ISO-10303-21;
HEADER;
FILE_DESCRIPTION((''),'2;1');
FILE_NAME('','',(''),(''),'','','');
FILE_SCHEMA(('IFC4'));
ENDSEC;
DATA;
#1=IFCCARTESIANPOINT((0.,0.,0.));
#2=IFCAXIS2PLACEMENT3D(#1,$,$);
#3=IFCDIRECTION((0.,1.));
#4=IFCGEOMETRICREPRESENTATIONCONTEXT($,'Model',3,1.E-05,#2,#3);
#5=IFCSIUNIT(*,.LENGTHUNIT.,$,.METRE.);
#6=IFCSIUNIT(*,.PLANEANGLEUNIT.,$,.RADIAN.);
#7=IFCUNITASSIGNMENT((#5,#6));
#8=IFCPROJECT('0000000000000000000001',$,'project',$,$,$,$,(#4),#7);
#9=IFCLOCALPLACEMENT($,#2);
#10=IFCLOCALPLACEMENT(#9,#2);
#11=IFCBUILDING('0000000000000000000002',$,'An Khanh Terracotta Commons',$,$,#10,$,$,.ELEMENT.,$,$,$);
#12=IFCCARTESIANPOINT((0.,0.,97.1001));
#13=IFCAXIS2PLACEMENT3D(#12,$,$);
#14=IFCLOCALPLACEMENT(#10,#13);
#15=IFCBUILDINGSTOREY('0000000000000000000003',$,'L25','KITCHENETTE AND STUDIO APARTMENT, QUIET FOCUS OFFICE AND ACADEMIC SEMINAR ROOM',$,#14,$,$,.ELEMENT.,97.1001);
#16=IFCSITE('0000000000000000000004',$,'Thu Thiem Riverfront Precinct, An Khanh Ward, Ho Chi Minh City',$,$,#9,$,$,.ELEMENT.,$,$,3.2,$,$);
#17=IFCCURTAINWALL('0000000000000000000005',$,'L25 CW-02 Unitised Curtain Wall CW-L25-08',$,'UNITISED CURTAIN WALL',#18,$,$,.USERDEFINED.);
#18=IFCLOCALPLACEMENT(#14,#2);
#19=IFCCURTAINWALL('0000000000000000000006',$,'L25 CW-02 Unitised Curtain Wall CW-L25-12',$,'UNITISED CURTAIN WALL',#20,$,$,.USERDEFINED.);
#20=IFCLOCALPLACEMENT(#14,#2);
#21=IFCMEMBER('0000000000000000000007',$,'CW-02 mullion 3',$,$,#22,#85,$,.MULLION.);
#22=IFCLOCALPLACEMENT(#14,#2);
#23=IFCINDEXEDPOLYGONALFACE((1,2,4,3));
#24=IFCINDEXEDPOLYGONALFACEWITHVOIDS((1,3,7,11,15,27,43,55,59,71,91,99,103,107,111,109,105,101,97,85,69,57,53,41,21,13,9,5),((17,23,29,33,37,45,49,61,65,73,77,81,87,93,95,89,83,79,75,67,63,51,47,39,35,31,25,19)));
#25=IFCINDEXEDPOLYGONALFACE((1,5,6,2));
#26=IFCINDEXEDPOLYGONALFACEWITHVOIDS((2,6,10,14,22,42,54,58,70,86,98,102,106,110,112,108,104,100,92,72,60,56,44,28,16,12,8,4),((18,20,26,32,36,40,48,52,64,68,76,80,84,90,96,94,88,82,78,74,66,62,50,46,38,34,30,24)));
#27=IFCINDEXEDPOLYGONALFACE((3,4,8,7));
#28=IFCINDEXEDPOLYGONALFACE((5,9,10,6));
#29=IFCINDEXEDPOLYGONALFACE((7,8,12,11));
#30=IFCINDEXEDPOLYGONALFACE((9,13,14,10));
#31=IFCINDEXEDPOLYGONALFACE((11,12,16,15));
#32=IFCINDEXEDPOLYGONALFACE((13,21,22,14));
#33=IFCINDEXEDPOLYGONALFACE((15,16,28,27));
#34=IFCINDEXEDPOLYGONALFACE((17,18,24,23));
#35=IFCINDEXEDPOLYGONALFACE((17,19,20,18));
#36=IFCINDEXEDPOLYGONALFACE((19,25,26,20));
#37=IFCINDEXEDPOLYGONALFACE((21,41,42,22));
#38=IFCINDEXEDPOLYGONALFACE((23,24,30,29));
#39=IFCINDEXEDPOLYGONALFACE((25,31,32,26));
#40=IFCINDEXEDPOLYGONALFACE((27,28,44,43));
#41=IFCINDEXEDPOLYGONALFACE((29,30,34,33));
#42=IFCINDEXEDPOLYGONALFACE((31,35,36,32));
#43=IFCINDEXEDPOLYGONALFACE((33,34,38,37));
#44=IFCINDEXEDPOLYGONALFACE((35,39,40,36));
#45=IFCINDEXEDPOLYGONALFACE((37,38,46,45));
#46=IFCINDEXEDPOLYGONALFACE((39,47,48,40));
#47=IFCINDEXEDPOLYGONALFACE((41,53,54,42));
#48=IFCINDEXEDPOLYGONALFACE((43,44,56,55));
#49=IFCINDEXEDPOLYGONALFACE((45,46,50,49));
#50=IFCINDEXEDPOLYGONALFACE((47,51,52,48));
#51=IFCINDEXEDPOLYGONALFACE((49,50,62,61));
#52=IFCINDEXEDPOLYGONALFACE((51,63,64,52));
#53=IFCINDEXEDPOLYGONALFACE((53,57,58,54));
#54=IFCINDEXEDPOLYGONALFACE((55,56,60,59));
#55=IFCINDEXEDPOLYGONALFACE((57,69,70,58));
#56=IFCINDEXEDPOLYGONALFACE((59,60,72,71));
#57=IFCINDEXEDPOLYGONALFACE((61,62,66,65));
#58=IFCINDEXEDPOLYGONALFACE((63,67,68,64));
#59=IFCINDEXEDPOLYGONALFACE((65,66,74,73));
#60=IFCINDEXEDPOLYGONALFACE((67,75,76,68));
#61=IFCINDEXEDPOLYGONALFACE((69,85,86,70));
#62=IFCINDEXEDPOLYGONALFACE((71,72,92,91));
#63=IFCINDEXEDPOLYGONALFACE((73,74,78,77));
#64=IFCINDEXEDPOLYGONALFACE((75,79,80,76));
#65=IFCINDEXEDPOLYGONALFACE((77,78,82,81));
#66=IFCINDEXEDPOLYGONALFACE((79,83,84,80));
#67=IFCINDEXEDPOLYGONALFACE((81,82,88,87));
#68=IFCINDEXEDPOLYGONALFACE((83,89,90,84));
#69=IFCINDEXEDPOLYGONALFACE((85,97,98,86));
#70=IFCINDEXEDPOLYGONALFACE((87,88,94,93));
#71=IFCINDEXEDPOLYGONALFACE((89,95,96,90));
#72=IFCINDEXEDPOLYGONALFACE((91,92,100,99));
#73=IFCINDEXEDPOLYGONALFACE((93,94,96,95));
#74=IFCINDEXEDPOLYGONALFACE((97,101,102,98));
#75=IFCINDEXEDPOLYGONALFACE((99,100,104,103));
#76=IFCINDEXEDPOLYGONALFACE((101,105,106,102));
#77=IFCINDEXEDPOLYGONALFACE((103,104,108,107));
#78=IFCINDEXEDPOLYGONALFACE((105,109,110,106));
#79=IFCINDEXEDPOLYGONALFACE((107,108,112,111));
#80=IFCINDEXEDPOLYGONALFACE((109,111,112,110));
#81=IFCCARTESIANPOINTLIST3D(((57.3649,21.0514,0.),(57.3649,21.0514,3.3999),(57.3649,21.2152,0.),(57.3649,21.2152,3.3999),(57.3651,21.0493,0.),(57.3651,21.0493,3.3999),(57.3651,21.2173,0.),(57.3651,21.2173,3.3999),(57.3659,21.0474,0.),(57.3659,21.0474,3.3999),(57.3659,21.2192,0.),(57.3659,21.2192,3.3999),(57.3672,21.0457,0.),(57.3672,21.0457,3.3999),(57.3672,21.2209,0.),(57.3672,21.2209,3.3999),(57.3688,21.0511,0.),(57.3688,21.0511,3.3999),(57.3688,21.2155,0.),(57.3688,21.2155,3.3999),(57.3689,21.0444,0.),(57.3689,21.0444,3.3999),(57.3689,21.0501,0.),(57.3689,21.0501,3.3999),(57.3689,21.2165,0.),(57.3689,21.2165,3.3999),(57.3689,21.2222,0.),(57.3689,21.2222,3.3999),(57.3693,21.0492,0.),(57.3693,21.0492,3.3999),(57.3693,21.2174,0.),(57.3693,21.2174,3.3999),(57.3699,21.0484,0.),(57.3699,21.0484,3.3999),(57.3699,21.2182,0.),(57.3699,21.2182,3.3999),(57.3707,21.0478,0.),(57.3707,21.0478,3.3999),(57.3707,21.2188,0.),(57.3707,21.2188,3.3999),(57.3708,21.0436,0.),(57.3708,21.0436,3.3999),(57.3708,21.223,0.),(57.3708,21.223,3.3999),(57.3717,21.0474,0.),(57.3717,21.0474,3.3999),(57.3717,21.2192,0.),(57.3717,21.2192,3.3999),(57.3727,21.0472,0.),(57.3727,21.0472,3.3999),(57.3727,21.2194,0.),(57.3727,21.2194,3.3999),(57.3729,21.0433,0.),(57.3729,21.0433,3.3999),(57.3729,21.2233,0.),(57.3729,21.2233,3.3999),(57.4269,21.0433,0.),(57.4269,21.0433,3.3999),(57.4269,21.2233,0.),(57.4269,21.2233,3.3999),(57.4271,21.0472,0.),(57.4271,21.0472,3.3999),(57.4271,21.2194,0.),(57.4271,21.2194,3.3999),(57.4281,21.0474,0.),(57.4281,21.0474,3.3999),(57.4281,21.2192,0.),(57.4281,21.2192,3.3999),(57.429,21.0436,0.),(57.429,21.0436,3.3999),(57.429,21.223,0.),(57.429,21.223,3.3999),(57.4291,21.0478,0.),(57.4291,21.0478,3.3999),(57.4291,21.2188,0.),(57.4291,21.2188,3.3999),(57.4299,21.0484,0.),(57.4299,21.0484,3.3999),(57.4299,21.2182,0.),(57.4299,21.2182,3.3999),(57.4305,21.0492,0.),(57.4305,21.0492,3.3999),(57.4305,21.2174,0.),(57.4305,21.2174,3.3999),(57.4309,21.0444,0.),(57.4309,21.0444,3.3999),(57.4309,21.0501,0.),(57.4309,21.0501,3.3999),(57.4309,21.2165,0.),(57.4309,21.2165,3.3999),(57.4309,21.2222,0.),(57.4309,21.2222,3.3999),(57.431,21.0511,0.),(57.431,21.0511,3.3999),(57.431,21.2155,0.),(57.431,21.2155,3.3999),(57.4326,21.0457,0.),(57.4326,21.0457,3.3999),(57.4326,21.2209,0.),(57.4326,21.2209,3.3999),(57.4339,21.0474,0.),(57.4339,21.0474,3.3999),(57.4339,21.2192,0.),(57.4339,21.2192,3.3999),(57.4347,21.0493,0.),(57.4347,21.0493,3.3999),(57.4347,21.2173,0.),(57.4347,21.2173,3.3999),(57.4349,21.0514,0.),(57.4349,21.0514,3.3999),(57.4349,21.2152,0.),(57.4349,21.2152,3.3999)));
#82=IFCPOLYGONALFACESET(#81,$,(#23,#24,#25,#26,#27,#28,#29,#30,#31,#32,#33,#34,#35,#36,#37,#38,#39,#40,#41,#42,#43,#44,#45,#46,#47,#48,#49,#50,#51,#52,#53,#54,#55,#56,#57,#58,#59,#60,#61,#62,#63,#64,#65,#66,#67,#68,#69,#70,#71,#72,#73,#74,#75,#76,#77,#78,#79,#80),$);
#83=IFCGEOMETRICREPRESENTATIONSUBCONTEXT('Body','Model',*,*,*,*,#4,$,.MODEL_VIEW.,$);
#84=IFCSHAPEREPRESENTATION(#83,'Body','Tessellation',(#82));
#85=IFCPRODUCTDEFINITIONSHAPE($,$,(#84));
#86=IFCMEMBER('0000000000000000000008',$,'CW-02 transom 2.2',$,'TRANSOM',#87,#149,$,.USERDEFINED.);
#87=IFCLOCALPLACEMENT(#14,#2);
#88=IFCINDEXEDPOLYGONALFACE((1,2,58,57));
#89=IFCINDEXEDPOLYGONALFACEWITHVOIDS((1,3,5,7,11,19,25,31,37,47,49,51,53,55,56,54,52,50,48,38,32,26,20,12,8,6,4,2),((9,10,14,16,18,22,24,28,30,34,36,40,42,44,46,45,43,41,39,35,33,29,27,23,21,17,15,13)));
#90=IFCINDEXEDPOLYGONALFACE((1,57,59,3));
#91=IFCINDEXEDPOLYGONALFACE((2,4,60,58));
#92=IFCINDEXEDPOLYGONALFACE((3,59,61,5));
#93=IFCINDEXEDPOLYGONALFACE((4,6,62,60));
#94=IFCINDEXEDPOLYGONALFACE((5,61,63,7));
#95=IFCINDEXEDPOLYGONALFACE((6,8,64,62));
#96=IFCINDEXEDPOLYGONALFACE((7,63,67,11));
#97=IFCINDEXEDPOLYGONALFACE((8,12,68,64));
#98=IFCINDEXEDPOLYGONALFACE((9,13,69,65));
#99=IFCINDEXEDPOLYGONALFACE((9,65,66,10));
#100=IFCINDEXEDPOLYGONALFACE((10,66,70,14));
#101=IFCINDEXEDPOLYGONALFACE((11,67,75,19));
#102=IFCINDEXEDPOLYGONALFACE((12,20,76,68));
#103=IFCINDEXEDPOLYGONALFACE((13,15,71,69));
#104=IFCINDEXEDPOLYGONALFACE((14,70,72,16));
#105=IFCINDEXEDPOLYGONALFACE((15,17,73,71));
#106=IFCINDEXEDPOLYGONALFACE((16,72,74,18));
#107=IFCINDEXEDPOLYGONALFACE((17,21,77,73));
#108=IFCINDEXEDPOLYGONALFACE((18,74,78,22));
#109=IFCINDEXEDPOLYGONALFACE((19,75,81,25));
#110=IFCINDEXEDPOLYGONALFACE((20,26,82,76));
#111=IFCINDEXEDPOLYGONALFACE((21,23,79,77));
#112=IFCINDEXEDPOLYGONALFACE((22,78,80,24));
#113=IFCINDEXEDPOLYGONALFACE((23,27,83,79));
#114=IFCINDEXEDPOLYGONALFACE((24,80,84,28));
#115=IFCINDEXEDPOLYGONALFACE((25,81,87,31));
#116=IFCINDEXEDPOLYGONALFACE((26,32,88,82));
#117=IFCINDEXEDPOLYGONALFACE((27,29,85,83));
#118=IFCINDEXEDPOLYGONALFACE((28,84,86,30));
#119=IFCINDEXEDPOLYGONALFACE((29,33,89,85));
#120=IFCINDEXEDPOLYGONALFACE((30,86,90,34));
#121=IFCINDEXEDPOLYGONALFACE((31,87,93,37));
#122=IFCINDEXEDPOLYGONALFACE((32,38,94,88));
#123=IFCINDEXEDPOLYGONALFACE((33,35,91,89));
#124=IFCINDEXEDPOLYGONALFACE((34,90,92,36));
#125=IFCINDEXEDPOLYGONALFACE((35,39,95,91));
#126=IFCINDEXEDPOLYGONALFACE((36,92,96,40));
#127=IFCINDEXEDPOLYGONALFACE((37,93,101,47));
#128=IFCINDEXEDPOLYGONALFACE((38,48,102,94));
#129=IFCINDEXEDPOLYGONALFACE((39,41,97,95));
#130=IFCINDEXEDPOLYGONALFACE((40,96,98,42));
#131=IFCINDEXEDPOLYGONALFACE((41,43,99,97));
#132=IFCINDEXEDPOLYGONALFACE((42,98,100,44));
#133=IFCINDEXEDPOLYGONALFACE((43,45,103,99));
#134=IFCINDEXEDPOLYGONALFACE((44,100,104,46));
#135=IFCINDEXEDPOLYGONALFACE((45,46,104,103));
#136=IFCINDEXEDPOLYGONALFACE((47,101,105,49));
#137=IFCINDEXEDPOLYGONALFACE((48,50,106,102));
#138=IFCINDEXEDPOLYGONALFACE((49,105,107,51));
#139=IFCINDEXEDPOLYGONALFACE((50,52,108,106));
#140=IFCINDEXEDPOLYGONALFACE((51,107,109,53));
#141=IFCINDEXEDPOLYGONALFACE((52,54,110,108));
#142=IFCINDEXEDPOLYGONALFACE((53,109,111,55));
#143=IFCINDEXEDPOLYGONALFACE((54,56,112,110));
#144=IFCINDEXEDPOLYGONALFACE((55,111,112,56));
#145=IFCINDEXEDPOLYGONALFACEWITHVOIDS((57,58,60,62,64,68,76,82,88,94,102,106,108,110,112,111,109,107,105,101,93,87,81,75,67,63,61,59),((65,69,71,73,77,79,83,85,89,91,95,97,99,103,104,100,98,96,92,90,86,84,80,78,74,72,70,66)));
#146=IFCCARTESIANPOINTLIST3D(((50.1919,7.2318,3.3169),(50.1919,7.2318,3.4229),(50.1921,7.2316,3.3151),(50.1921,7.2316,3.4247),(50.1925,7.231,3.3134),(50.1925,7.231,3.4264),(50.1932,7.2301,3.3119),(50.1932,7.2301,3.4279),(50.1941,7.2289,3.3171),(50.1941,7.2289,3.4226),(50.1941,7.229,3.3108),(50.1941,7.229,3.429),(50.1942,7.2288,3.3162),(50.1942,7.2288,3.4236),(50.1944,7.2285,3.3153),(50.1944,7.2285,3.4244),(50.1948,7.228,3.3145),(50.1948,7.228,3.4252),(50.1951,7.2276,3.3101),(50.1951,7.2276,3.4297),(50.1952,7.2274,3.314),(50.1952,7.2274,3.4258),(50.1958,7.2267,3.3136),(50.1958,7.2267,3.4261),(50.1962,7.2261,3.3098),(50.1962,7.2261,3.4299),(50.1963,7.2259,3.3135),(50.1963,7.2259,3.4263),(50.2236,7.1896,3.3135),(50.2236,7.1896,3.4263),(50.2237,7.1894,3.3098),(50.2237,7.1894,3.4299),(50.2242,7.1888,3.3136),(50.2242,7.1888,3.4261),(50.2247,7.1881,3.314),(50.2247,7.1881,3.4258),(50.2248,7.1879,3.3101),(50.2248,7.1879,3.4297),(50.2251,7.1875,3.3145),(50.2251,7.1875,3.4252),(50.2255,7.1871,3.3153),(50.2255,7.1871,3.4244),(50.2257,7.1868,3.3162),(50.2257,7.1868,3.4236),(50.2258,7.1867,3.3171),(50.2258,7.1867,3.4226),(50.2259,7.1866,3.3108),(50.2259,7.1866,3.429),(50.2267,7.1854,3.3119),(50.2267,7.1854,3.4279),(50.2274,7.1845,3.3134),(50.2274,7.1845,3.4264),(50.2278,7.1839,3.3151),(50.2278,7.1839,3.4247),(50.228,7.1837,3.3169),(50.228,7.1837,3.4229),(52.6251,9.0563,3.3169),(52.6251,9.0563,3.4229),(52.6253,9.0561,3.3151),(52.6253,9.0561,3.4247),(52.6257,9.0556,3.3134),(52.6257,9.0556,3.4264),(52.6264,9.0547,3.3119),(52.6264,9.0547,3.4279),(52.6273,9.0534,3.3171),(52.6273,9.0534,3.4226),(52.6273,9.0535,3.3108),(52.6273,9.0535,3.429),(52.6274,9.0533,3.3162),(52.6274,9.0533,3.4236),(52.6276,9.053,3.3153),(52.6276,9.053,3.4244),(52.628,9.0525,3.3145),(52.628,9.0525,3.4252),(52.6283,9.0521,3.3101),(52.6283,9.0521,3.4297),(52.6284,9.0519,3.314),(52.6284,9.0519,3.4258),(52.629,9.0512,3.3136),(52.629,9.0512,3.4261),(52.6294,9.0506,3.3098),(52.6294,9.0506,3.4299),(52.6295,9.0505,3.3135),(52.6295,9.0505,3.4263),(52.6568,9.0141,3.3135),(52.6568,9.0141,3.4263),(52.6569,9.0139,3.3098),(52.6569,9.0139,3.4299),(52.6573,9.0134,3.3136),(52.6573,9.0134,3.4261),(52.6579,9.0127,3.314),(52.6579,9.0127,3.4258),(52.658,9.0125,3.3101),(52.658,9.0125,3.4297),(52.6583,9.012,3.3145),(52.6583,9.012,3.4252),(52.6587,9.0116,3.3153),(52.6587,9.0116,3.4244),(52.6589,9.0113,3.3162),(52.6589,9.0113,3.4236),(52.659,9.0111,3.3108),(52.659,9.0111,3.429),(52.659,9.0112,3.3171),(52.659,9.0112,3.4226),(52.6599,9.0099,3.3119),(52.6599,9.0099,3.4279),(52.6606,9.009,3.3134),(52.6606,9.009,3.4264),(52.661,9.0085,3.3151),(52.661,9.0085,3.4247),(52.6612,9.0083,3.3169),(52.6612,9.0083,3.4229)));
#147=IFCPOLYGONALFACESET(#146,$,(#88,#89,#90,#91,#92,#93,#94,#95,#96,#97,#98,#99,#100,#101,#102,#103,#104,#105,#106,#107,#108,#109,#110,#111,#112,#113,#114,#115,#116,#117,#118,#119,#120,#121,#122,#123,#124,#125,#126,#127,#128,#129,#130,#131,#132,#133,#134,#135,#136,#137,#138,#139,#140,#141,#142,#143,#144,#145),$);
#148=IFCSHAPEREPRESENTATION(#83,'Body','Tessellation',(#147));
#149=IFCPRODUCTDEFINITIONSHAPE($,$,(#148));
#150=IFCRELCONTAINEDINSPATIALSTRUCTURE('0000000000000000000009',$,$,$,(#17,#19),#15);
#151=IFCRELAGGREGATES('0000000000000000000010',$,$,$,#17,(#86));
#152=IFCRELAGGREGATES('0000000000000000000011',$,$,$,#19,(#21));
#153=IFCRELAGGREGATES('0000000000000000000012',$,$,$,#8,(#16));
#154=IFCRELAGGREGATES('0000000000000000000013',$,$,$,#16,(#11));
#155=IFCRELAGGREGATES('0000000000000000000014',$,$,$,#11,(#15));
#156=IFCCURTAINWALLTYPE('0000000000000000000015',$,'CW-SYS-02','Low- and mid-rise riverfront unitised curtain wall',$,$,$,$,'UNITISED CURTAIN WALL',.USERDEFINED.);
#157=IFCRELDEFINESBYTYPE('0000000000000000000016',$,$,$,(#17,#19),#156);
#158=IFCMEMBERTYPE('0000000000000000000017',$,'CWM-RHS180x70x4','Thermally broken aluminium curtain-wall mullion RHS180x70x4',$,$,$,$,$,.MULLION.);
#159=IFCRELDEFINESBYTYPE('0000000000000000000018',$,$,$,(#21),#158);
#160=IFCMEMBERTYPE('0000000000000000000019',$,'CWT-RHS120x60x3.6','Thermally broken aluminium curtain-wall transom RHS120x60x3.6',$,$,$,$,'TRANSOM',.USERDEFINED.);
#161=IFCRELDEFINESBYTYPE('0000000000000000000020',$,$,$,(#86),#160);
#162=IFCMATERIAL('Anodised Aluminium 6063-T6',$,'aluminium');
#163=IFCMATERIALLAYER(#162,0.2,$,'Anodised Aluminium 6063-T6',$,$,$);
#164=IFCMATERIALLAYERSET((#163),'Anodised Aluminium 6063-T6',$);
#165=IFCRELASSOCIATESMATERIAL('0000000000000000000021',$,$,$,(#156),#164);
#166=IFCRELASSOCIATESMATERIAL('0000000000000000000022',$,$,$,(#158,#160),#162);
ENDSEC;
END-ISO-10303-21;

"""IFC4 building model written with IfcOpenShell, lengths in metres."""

from ifc_helpers import new_model, si_unit, direction, frame, origin, origin_2d, place, context, subcontext, project, spatial, hollow_rectangle, extrude, material, layer, layer_set, material_profile, profile_set, type_object, element, aggregate, save


model = new_model("IFC4")

# Units and contexts
model_context = context("Model", 3, precision=1e-05, world=origin(), true_north=direction((0.0, 1.0)))
body_context = subcontext(model_context, "Body", "Model", "MODEL_VIEW")
ifc_project = project(units=[si_unit("LENGTHUNIT", "METRE"), si_unit("PLANEANGLEUNIT", "RADIAN")], contexts=[model_context])

# Site, building, storey
site_placement = place(None, origin())
site = spatial("IfcSite", under=ifc_project, at=site_placement, Name="Thu Thiem Riverfront Precinct, An Khanh Ward, Ho Chi Minh City", CompositionType="ELEMENT", RefElevation=3.2)
building_placement = place(site_placement, origin())
building = spatial("IfcBuilding", under=site, at=building_placement, Name="An Khanh Terracotta Commons", CompositionType="ELEMENT")
storey_placement = place(building_placement, frame((0.0, 0.0, 97.1001)))
storey = spatial("IfcBuildingStorey", under=building, at=storey_placement, Name="L25", Description="KITCHENETTE AND STUDIO APARTMENT, QUIET FOCUS OFFICE AND ACADEMIC SEMINAR ROOM", CompositionType="ELEMENT", Elevation=97.1001)

# Curtain walls, member
ifc_material_1 = material(Name="Anodised Aluminium 6063-T6", Category="aluminium")
ifc_layer_1 = layer(ifc_material_1, 0.2, Name="Anodised Aluminium 6063-T6")
ifc_layer_set_1 = layer_set([ifc_layer_1], Name="Anodised Aluminium 6063-T6")
curtain_wall_type = type_object("IfcCurtainWallType", Name="CW-SYS-02", Description="Low- and mid-rise riverfront unitised curtain wall", ElementType="UNITISED CURTAIN WALL", PredefinedType="USERDEFINED", material=ifc_layer_set_1)
curtain_wall_1_placement = place(storey_placement, origin())
curtain_wall_1 = element("IfcCurtainWall", 1, at=curtain_wall_1_placement, inside=storey, type_object=curtain_wall_type, Name="L25 CW-02 Unitised Curtain Wall CW-L25-08", ObjectType="UNITISED CURTAIN WALL", PredefinedType="USERDEFINED")
ifc_material_profile_1 = material_profile(ifc_material_1, hollow_rectangle(XDim=0.0701, YDim=0.1799, WallThickness=0.0039, InnerFilletRadius=0.0039, OuterFilletRadius=0.0081, at=origin_2d()), Name="RHS180x70x4")
ifc_profile_set_1 = profile_set([ifc_material_profile_1], Name="Anodised Aluminium 6063-T6")
member_type_1 = type_object("IfcMemberType", Name="CWM-RHS180x70x4", Description="Thermally broken aluminium curtain-wall mullion RHS180x70x4", PredefinedType="MULLION", material=ifc_profile_set_1)
curtain_wall_2_placement = place(storey_placement, origin())
curtain_wall_2 = element("IfcCurtainWall", 2, at=curtain_wall_2_placement, inside=storey, type_object=curtain_wall_type, Name="L25 CW-02 Unitised Curtain Wall CW-L25-12", ObjectType="UNITISED CURTAIN WALL", PredefinedType="USERDEFINED")
member_1_placement = place(storey_placement, frame((57.3999, 21.1333, 0.0), z_axis=(0.0, 0.0, 1.0), x_axis=(-1.0, 0.0, 0.0)))
member_1 = element("IfcMember", 3, at=member_1_placement, type_object=member_type_1, Name="CW-02 mullion 3", PredefinedType="MULLION", context=body_context, shape_type="SweptSolid", body=[
    extrude(hollow_rectangle(XDim=0.0701, YDim=0.1799, WallThickness=0.0039, InnerFilletRadius=0.0039, OuterFilletRadius=0.0081, at=origin_2d()), origin(), (0.0, 0.0, 1.0), 3.3999),
])

# Member
ifc_material_profile_2 = material_profile(ifc_material_1, hollow_rectangle(XDim=0.0601, YDim=0.1201, WallThickness=0.0037, InnerFilletRadius=0.0037, OuterFilletRadius=0.0071, at=origin_2d()), Name="RHS120x60x3.6")
ifc_profile_set_2 = profile_set([ifc_material_profile_2], Name="Anodised Aluminium 6063-T6")
member_type_2 = type_object("IfcMemberType", Name="CWT-RHS120x60x3.6", Description="Thermally broken aluminium curtain-wall transom RHS120x60x3.6", ElementType="TRANSOM", PredefinedType="USERDEFINED", material=ifc_profile_set_2)
member_2_placement = place(storey_placement, frame((50.21, 7.2078, 3.3699), z_axis=(0.800058, 0.599923, 0.0), x_axis=(-0.599923, 0.800058, 0.0)))
member_2 = element("IfcMember", 4, at=member_2_placement, type_object=member_type_2, Name="CW-02 transom 2.2", ObjectType="TRANSOM", PredefinedType="USERDEFINED", context=body_context, shape_type="SweptSolid", body=[
    extrude(hollow_rectangle(XDim=0.0601, YDim=0.1201, WallThickness=0.0037, InnerFilletRadius=0.0037, OuterFilletRadius=0.0071, at=origin_2d()), origin(), (0.0, 0.0, 1.0), 3.0413),
])

aggregate(curtain_wall_1, [member_2])
aggregate(curtain_wall_2, [member_1])

save(model, "model.ifc")
